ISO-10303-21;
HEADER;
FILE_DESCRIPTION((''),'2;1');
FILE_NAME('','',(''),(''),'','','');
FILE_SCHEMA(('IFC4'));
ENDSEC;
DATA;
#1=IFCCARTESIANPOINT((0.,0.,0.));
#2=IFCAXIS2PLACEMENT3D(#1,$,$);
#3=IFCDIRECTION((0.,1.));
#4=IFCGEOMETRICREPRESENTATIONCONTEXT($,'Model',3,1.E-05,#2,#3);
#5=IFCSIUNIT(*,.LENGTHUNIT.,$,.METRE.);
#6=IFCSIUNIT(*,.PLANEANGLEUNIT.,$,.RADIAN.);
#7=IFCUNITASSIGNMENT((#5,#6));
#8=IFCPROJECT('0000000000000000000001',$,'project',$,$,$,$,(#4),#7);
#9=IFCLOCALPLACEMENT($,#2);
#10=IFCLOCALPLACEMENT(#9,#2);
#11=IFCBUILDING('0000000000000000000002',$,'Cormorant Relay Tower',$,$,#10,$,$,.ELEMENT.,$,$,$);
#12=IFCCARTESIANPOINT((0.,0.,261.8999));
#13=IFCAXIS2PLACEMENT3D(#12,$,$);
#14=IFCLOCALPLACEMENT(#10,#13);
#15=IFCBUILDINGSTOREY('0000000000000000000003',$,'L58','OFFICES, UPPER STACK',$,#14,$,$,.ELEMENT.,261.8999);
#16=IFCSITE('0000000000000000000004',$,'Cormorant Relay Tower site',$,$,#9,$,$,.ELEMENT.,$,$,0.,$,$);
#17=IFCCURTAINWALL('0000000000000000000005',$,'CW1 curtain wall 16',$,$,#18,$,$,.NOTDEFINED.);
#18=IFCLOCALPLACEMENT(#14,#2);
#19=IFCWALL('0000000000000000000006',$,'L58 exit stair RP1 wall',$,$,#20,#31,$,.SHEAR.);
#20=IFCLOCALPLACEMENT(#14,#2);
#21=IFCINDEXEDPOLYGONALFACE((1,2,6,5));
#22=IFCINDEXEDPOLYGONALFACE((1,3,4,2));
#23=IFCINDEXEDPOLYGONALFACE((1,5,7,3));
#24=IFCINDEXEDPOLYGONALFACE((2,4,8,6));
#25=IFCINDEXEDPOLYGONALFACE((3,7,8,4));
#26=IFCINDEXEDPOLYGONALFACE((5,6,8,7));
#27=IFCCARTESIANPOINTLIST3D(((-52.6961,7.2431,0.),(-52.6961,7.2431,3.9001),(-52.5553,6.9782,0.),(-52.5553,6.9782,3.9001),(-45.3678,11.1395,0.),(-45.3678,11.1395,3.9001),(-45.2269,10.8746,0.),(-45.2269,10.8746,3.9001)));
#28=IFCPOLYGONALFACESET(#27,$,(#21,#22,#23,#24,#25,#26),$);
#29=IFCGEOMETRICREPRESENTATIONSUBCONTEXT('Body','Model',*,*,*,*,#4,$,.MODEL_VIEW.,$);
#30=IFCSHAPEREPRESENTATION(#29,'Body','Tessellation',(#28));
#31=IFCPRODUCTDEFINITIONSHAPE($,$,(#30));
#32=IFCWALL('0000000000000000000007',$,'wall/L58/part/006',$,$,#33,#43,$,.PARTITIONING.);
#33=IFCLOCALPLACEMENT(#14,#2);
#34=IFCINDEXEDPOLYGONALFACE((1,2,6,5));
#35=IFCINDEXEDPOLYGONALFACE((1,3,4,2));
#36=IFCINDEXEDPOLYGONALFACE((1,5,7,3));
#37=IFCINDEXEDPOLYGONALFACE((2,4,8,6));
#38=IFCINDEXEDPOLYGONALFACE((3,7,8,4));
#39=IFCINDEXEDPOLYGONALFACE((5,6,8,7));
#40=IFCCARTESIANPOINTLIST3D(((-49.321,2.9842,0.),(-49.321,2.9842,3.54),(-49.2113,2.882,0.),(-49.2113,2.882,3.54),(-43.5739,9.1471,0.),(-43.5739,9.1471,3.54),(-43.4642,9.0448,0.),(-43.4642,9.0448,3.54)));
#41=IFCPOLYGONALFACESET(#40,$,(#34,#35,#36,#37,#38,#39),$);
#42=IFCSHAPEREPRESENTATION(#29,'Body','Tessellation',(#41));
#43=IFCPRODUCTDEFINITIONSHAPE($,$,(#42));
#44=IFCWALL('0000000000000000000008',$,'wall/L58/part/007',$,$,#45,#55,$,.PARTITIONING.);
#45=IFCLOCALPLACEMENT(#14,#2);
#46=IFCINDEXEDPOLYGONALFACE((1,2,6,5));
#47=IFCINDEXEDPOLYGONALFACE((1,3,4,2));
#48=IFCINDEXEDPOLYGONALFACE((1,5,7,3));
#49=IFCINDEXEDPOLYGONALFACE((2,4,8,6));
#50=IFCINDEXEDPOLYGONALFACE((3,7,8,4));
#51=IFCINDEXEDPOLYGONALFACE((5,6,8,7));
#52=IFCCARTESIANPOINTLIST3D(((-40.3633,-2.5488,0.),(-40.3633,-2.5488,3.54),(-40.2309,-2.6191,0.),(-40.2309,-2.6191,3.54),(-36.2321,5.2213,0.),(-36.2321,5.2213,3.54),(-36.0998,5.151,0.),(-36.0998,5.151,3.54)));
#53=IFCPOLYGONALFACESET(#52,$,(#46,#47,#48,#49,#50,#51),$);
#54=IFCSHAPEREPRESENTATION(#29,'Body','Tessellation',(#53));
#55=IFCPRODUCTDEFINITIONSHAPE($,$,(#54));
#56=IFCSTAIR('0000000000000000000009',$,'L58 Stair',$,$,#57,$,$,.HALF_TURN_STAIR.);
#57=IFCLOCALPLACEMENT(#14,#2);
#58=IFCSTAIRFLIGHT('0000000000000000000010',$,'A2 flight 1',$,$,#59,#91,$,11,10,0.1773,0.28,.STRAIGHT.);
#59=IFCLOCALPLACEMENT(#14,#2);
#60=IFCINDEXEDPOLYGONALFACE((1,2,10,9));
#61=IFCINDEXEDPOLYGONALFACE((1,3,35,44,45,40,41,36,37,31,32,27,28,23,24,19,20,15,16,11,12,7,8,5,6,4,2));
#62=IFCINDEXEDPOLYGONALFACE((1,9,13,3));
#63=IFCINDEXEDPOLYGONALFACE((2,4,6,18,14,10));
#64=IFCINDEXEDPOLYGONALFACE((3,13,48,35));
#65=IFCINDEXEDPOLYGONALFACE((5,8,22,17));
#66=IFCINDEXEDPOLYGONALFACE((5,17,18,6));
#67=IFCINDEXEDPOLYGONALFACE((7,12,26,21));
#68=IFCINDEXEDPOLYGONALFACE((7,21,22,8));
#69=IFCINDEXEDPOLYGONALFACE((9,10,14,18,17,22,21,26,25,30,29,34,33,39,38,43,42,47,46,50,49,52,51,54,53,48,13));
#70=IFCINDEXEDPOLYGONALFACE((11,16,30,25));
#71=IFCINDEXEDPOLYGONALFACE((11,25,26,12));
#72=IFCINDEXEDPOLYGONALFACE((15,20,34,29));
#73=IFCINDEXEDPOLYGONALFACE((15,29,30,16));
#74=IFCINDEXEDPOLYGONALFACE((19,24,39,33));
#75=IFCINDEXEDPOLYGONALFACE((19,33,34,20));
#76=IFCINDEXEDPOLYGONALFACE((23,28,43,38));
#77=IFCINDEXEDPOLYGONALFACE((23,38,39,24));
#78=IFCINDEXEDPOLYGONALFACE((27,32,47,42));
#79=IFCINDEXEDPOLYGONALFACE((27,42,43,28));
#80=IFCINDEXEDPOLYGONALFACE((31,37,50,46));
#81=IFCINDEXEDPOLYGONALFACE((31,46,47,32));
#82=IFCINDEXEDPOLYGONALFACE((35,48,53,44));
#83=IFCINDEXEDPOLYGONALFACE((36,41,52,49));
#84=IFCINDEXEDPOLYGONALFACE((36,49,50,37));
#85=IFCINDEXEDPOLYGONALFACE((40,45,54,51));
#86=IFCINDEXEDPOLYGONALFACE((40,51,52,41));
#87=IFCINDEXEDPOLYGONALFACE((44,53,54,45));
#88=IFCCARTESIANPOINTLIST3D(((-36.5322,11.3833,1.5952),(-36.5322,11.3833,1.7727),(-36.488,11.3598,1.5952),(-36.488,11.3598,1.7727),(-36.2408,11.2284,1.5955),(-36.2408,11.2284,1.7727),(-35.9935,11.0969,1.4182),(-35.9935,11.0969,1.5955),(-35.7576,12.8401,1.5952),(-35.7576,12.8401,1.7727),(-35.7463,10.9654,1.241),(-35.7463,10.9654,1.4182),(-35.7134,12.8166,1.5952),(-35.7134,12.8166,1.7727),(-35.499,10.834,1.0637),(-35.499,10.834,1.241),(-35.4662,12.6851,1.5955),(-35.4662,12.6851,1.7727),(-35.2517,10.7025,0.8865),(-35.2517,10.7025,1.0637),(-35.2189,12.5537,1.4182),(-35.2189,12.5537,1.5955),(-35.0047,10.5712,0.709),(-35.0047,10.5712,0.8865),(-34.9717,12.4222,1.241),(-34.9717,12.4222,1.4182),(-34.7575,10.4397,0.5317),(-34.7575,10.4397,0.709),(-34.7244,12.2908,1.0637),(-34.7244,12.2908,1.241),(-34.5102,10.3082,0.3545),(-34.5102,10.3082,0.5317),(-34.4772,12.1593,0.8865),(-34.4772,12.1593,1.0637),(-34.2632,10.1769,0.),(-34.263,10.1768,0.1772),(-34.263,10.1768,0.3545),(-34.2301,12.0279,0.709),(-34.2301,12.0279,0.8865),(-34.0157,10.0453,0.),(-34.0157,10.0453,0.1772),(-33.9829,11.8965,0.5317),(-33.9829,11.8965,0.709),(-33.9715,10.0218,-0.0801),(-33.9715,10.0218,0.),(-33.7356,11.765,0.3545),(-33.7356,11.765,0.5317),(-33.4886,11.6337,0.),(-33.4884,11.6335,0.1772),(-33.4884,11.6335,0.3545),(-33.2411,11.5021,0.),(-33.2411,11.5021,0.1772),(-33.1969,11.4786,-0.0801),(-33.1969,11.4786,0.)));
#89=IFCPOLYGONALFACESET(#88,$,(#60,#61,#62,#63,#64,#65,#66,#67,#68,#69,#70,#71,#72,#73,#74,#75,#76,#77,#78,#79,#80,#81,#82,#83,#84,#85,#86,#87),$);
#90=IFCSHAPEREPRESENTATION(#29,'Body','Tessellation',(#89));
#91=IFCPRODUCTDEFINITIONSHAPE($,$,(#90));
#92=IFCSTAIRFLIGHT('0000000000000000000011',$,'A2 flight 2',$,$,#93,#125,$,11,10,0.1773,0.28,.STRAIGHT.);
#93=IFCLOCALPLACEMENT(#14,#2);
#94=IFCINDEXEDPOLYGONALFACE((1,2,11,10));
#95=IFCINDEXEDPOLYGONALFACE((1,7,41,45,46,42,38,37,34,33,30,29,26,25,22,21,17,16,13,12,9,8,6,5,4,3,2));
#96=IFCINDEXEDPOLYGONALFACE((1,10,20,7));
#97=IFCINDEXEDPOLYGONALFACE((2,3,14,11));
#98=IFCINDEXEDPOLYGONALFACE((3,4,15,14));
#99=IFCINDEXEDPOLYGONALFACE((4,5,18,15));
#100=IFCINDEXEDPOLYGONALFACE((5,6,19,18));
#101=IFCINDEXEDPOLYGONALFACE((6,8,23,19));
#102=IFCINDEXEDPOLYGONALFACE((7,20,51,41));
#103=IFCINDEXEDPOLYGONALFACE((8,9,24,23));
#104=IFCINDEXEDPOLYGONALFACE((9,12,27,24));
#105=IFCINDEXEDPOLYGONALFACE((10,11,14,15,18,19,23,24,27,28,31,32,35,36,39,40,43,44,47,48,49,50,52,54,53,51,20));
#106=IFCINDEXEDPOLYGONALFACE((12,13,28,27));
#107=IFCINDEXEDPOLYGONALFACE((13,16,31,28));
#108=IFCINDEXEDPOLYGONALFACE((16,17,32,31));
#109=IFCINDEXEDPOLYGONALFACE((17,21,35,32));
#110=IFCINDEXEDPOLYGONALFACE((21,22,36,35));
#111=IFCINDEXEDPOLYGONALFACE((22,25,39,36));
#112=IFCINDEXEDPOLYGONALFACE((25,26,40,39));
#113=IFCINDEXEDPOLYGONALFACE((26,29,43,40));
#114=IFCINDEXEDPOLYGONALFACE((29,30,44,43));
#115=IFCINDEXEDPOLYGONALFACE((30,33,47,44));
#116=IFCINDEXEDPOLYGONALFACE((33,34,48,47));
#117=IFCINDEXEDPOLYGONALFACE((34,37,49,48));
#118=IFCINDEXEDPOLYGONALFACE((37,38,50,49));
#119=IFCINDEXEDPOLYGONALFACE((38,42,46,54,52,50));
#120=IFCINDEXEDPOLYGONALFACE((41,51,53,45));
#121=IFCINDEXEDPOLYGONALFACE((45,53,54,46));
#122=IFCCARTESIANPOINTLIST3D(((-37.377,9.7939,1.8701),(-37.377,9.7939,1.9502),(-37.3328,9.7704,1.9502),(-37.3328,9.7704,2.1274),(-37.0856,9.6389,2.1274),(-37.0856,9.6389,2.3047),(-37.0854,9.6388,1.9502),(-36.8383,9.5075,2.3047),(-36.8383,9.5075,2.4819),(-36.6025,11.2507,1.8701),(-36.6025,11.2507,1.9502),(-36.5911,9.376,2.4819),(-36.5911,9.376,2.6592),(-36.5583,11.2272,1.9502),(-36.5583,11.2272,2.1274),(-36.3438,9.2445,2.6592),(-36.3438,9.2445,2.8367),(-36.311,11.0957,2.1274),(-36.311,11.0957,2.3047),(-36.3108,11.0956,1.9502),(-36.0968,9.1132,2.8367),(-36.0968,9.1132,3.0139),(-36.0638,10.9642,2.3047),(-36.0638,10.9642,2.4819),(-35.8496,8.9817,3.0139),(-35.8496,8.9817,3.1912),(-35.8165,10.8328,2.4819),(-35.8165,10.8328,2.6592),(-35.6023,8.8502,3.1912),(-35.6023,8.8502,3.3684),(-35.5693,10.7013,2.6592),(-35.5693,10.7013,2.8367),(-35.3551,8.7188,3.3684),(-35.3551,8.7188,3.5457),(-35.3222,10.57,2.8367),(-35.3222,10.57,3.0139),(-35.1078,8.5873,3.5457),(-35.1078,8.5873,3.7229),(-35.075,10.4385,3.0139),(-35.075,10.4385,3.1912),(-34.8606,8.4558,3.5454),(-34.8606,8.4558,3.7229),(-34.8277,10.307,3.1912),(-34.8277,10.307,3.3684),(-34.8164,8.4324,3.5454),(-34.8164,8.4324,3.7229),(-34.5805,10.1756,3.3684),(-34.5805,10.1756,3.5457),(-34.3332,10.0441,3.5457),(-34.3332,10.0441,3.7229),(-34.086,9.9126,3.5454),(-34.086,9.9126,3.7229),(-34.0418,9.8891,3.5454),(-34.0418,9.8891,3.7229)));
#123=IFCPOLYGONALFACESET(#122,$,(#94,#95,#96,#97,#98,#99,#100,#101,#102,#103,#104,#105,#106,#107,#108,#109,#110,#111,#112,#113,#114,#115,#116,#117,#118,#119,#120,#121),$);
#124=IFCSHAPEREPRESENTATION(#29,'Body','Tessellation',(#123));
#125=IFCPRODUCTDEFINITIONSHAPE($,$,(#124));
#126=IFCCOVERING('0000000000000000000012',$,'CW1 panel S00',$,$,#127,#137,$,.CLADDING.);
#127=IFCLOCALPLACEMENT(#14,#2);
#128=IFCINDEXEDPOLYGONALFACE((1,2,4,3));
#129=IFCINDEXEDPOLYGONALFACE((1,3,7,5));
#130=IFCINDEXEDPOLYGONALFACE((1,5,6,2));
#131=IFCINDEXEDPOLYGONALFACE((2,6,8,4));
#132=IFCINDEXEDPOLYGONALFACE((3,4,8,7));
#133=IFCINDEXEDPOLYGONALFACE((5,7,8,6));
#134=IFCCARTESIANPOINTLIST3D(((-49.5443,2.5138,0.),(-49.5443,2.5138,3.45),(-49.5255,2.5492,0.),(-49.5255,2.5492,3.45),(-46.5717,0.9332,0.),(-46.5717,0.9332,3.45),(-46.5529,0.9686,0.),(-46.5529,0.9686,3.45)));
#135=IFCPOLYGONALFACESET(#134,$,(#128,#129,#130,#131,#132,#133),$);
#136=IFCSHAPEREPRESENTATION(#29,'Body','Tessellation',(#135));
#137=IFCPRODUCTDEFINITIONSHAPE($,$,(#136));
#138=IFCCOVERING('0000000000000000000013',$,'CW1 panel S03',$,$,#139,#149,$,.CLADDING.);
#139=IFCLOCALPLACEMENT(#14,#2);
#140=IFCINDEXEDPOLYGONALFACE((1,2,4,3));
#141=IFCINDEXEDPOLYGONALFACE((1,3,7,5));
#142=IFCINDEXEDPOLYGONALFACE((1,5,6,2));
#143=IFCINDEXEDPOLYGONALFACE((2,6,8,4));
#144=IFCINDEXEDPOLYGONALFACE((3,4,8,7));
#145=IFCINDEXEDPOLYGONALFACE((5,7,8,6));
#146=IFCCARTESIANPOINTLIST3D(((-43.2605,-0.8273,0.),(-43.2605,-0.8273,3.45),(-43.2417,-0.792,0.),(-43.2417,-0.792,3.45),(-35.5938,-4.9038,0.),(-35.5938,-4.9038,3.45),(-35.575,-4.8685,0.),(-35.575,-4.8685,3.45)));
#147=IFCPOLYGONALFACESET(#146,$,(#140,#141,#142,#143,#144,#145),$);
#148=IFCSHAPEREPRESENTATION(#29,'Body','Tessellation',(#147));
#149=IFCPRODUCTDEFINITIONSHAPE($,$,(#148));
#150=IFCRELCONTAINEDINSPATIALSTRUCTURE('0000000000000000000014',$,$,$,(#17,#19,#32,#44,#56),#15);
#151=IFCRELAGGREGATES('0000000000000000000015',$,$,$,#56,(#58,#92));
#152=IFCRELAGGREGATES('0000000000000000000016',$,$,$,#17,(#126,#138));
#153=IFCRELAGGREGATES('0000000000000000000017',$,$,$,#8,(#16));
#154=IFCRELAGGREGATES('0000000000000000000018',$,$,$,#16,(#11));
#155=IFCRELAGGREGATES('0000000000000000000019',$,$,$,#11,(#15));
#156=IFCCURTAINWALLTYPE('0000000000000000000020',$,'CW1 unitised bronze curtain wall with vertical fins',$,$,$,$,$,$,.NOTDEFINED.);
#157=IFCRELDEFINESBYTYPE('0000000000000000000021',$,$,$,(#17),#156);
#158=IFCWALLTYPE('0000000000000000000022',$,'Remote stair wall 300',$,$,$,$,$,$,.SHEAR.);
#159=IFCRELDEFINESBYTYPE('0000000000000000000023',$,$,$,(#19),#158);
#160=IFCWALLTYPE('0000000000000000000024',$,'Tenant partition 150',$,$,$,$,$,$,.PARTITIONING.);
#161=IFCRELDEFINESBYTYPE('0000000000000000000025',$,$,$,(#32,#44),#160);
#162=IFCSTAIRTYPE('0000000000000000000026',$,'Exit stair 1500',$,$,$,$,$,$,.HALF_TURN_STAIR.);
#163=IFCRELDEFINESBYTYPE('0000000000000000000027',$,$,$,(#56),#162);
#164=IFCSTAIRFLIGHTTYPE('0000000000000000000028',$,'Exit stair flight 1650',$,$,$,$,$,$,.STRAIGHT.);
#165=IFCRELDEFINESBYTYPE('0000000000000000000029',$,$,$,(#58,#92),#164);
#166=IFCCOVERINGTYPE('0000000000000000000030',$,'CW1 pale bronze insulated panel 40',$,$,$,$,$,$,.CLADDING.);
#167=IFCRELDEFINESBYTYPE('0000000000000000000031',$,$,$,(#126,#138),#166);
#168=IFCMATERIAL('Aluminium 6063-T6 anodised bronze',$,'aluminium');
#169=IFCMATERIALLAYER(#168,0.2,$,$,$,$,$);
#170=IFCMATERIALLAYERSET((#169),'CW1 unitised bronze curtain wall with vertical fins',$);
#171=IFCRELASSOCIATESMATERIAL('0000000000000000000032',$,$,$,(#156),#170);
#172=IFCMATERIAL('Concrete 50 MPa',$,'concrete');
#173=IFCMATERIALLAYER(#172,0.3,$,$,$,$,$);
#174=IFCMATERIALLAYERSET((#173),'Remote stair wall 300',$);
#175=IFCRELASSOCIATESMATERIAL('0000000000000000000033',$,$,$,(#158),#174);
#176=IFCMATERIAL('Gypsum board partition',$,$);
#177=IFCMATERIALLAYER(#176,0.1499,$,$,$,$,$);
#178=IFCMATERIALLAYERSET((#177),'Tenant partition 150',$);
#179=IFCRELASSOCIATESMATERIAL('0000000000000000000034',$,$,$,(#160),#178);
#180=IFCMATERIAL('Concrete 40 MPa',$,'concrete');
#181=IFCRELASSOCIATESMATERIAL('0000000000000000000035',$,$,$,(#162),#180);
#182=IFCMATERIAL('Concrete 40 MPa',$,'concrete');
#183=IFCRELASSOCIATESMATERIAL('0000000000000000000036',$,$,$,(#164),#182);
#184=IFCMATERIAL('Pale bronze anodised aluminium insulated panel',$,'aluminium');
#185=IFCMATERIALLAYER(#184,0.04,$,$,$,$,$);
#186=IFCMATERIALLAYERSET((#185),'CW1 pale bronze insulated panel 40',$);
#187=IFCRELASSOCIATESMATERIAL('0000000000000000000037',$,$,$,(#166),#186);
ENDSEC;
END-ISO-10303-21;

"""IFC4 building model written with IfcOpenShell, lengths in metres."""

from ifc_helpers import new_model, si_unit, direction, frame, frame_2d, origin, origin_2d, place, context, subcontext, project, spatial, polyline, rectangle, outline, extrude, material, layer, layer_set, type_object, element, aggregate, save


model = new_model("IFC4")

# Units and contexts
model_context = context("Model", 3, precision=1e-05, world=origin(), true_north=direction((0.0, 1.0)))
body_context = subcontext(model_context, "Body", "Model", "MODEL_VIEW")
ifc_project = project(units=[si_unit("LENGTHUNIT", "METRE"), si_unit("PLANEANGLEUNIT", "RADIAN")], contexts=[model_context])

# Site, building, storey
site_placement = place(None, origin())
site = spatial("IfcSite", under=ifc_project, at=site_placement, Name="Cormorant Relay Tower site", CompositionType="ELEMENT", RefElevation=0.0)
building_placement = place(site_placement, origin())
building = spatial("IfcBuilding", under=site, at=building_placement, Name="Cormorant Relay Tower", CompositionType="ELEMENT")
storey_placement = place(building_placement, frame((0.0, 0.0, 261.8999)))
storey = spatial("IfcBuildingStorey", under=building, at=storey_placement, Name="L58", Description="OFFICES, UPPER STACK", CompositionType="ELEMENT", Elevation=261.8999)

# Curtain wall
ifc_material_1 = material(Name="Aluminium 6063-T6 anodised bronze", Category="aluminium")
ifc_layer_1 = layer(ifc_material_1, 0.2)
ifc_layer_set_1 = layer_set([ifc_layer_1], Name="CW1 unitised bronze curtain wall with vertical fins")
curtain_wall_type = type_object("IfcCurtainWallType", Name="CW1 unitised bronze curtain wall with vertical fins", PredefinedType="NOTDEFINED", material=ifc_layer_set_1)
curtain_wall_placement = place(storey_placement, origin())
curtain_wall = element("IfcCurtainWall", 1, at=curtain_wall_placement, inside=storey, type_object=curtain_wall_type, Name="CW1 curtain wall 16", PredefinedType="NOTDEFINED")

# Walls
ifc_material_2 = material(Name="Concrete 50 MPa", Category="concrete")
ifc_layer_2 = layer(ifc_material_2, 0.3)
ifc_layer_set_2 = layer_set([ifc_layer_2], Name="Remote stair wall 300")
wall_type_1 = type_object("IfcWallType", Name="Remote stair wall 300", PredefinedType="SHEAR", material=ifc_layer_set_2)
wall_1_placement = place(storey_placement, frame((-45.2974, 11.0071, 0.0), z_axis=(0.0, 0.0, 1.0), x_axis=(-0.882952, -0.469464, 0.0)))
element("IfcWall", 2, at=wall_1_placement, inside=storey, type_object=wall_type_1, Name="L58 exit stair RP1 wall", PredefinedType="SHEAR", context=body_context, shape_type="SweptSolid", body=[
    extrude(rectangle(XDim=8.2998, YDim=0.3, at=frame_2d((4.1499, 0.0))), origin(), (0.0, 0.0, 1.0), 3.9001),
])
ifc_material_3 = material(Name="Gypsum board partition")
ifc_layer_3 = layer(ifc_material_3, 0.1499)
ifc_layer_set_3 = layer_set([ifc_layer_3], Name="Tenant partition 150")
wall_type_2 = type_object("IfcWallType", Name="Tenant partition 150", PredefinedType="PARTITIONING", material=ifc_layer_set_3)
wall_2_placement = place(storey_placement, frame((-43.519, 9.0959, 0.0), z_axis=(0.0, 0.0, 1.0), x_axis=(-0.682006, -0.731346, 0.0)))
element("IfcWall", 3, at=wall_2_placement, inside=storey, type_object=wall_type_2, Name="wall/L58/part/006", PredefinedType="PARTITIONING", context=body_context, shape_type="SweptSolid", body=[
    extrude(rectangle(XDim=8.4268, YDim=0.1499, at=frame_2d((4.2134, 0.0))), origin(), (0.0, 0.0, 1.0), 3.54),
])
wall_3_placement = place(storey_placement, frame((-36.166, 5.186, 0.0), z_axis=(0.0, 0.0, 1.0), x_axis=(-0.469446, -0.882961, 0.0)))
element("IfcWall", 4, at=wall_3_placement, inside=storey, type_object=wall_type_2, Name="wall/L58/part/007", PredefinedType="PARTITIONING", context=body_context, shape_type="SweptSolid", body=[
    extrude(rectangle(XDim=8.8, YDim=0.1499, at=frame_2d((4.3999, 0.0))), origin(), (0.0, 0.0, 1.0), 3.54),
])

# Stair, stair flights
ifc_material_4 = material(Name="Concrete 40 MPa", Category="concrete")
stair_type = type_object("IfcStairType", Name="Exit stair 1500", PredefinedType="HALF_TURN_STAIR", material=ifc_material_4)
stair_placement = place(storey_placement, origin())
stair = element("IfcStair", 5, at=stair_placement, inside=storey, type_object=stair_type, Name="L58 Stair", PredefinedType="HALF_TURN_STAIR")
ifc_material_5 = material(Name="Concrete 40 MPa", Category="concrete")
stair_flight_type = type_object("IfcStairFlightType", Name="Exit stair flight 1650", PredefinedType="STRAIGHT", material=ifc_material_5)
stair_flight_1_placement = place(storey_placement, frame((-33.6284, 10.7737, 0.0), z_axis=(0.0, 0.0, 1.0), x_axis=(-0.882948, 0.469472, 0.0)))
stair_flight_1 = element("IfcStairFlight", 6, at=stair_flight_1_placement, type_object=stair_flight_type, Name="A2 flight 1", NumberOfRisers=11, NumberOfTreads=10, PredefinedType="STRAIGHT", RiserHeight=0.1773, TreadLength=0.28, context=body_context, shape_type="SweptSolid", body=[
    extrude(outline(polyline([(-0.05, -0.0801), (-0.05, 0.0), (0.0, 0.0), (0.0, 0.1772), (0.28, 0.1772), (0.28, 0.3545), (0.5601, 0.3545), (0.5601, 0.5317), (0.8401, 0.5317), (0.8401, 0.709), (1.1201, 0.709), (1.1201, 0.8865), (1.3999, 0.8865), (1.3999, 1.0637), (1.6799, 1.0637), (1.6799, 1.241), (1.96, 1.241), (1.96, 1.4182), (2.24, 1.4182), (2.24, 1.5955), (2.52, 1.5955), (2.52, 1.7727), (2.8, 1.7727), (2.8501, 1.7727), (2.8501, 1.5952), (2.8, 1.5952), (0.2803, 0.0), (-0.05, -0.0801)])), frame((0.0, 0.825, 0.0), z_axis=(0.0, -1.0, 0.0), x_axis=(1.0, 0.0, 0.0)), (0.0, 0.0, 1.0), 1.6499),
])
stair_flight_2_placement = place(storey_placement, frame((-36.9456, 10.4988, 1.9502), z_axis=(0.0, 0.0, 1.0), x_axis=(0.882948, -0.469472, 0.0)))
stair_flight_2 = element("IfcStairFlight", 7, at=stair_flight_2_placement, type_object=stair_flight_type, Name="A2 flight 2", NumberOfRisers=11, NumberOfTreads=10, PredefinedType="STRAIGHT", RiserHeight=0.1773, TreadLength=0.28, context=body_context, shape_type="SweptSolid", body=[
    extrude(outline(polyline([(-0.05, -0.0801), (-0.05, 0.0), (0.0, 0.0), (0.0, 0.1772), (0.28, 0.1772), (0.28, 0.3545), (0.5601, 0.3545), (0.5601, 0.5317), (0.8401, 0.5317), (0.8401, 0.709), (1.1201, 0.709), (1.1201, 0.8865), (1.3999, 0.8865), (1.3999, 1.0637), (1.6799, 1.0637), (1.6799, 1.241), (1.96, 1.241), (1.96, 1.4182), (2.24, 1.4182), (2.24, 1.5955), (2.52, 1.5955), (2.52, 1.7727), (2.8, 1.7727), (2.8501, 1.7727), (2.8501, 1.5952), (2.8, 1.5952), (0.2803, 0.0), (-0.05, -0.0801)])), frame((0.0, 0.825, 0.0), z_axis=(0.0, -1.0, 0.0), x_axis=(1.0, 0.0, 0.0)), (0.0, 0.0, 1.0), 1.6499),
])
aggregate(stair, [stair_flight_1, stair_flight_2])

# Coverings
ifc_material_6 = material(Name="Pale bronze anodised aluminium insulated panel", Category="aluminium")
ifc_layer_4 = layer(ifc_material_6, 0.04)
ifc_layer_set_4 = layer_set([ifc_layer_4], Name="CW1 pale bronze insulated panel 40")
covering_type = type_object("IfcCoveringType", Name="CW1 pale bronze insulated panel 40", PredefinedType="CLADDING", material=ifc_layer_set_4)
covering_1_placement = place(storey_placement, frame((-48.0486, 1.7412, 0.0), z_axis=(0.0, 0.0, 1.0), x_axis=(0.882948, -0.469472, 0.0)))
covering_1 = element("IfcCovering", 8, at=covering_1_placement, type_object=covering_type, Name="CW1 panel S00", PredefinedType="CLADDING", context=body_context, shape_type="SweptSolid", body=[
    extrude(rectangle(XDim=3.3667, YDim=0.04, at=origin_2d()), origin(), (0.0, 0.0, 1.0), 3.45),
])
covering_2_placement = place(storey_placement, frame((-39.4177, -2.8479, 0.0), z_axis=(0.0, 0.0, 1.0), x_axis=(0.882948, -0.469472, 0.0)))
covering_2 = element("IfcCovering", 9, at=covering_2_placement, type_object=covering_type, Name="CW1 panel S03", PredefinedType="CLADDING", context=body_context, shape_type="SweptSolid", body=[
    extrude(rectangle(XDim=8.6831, YDim=0.04, at=origin_2d()), origin(), (0.0, 0.0, 1.0), 3.45),
])
aggregate(curtain_wall, [covering_1, covering_2])

save(model, "model.ifc")
